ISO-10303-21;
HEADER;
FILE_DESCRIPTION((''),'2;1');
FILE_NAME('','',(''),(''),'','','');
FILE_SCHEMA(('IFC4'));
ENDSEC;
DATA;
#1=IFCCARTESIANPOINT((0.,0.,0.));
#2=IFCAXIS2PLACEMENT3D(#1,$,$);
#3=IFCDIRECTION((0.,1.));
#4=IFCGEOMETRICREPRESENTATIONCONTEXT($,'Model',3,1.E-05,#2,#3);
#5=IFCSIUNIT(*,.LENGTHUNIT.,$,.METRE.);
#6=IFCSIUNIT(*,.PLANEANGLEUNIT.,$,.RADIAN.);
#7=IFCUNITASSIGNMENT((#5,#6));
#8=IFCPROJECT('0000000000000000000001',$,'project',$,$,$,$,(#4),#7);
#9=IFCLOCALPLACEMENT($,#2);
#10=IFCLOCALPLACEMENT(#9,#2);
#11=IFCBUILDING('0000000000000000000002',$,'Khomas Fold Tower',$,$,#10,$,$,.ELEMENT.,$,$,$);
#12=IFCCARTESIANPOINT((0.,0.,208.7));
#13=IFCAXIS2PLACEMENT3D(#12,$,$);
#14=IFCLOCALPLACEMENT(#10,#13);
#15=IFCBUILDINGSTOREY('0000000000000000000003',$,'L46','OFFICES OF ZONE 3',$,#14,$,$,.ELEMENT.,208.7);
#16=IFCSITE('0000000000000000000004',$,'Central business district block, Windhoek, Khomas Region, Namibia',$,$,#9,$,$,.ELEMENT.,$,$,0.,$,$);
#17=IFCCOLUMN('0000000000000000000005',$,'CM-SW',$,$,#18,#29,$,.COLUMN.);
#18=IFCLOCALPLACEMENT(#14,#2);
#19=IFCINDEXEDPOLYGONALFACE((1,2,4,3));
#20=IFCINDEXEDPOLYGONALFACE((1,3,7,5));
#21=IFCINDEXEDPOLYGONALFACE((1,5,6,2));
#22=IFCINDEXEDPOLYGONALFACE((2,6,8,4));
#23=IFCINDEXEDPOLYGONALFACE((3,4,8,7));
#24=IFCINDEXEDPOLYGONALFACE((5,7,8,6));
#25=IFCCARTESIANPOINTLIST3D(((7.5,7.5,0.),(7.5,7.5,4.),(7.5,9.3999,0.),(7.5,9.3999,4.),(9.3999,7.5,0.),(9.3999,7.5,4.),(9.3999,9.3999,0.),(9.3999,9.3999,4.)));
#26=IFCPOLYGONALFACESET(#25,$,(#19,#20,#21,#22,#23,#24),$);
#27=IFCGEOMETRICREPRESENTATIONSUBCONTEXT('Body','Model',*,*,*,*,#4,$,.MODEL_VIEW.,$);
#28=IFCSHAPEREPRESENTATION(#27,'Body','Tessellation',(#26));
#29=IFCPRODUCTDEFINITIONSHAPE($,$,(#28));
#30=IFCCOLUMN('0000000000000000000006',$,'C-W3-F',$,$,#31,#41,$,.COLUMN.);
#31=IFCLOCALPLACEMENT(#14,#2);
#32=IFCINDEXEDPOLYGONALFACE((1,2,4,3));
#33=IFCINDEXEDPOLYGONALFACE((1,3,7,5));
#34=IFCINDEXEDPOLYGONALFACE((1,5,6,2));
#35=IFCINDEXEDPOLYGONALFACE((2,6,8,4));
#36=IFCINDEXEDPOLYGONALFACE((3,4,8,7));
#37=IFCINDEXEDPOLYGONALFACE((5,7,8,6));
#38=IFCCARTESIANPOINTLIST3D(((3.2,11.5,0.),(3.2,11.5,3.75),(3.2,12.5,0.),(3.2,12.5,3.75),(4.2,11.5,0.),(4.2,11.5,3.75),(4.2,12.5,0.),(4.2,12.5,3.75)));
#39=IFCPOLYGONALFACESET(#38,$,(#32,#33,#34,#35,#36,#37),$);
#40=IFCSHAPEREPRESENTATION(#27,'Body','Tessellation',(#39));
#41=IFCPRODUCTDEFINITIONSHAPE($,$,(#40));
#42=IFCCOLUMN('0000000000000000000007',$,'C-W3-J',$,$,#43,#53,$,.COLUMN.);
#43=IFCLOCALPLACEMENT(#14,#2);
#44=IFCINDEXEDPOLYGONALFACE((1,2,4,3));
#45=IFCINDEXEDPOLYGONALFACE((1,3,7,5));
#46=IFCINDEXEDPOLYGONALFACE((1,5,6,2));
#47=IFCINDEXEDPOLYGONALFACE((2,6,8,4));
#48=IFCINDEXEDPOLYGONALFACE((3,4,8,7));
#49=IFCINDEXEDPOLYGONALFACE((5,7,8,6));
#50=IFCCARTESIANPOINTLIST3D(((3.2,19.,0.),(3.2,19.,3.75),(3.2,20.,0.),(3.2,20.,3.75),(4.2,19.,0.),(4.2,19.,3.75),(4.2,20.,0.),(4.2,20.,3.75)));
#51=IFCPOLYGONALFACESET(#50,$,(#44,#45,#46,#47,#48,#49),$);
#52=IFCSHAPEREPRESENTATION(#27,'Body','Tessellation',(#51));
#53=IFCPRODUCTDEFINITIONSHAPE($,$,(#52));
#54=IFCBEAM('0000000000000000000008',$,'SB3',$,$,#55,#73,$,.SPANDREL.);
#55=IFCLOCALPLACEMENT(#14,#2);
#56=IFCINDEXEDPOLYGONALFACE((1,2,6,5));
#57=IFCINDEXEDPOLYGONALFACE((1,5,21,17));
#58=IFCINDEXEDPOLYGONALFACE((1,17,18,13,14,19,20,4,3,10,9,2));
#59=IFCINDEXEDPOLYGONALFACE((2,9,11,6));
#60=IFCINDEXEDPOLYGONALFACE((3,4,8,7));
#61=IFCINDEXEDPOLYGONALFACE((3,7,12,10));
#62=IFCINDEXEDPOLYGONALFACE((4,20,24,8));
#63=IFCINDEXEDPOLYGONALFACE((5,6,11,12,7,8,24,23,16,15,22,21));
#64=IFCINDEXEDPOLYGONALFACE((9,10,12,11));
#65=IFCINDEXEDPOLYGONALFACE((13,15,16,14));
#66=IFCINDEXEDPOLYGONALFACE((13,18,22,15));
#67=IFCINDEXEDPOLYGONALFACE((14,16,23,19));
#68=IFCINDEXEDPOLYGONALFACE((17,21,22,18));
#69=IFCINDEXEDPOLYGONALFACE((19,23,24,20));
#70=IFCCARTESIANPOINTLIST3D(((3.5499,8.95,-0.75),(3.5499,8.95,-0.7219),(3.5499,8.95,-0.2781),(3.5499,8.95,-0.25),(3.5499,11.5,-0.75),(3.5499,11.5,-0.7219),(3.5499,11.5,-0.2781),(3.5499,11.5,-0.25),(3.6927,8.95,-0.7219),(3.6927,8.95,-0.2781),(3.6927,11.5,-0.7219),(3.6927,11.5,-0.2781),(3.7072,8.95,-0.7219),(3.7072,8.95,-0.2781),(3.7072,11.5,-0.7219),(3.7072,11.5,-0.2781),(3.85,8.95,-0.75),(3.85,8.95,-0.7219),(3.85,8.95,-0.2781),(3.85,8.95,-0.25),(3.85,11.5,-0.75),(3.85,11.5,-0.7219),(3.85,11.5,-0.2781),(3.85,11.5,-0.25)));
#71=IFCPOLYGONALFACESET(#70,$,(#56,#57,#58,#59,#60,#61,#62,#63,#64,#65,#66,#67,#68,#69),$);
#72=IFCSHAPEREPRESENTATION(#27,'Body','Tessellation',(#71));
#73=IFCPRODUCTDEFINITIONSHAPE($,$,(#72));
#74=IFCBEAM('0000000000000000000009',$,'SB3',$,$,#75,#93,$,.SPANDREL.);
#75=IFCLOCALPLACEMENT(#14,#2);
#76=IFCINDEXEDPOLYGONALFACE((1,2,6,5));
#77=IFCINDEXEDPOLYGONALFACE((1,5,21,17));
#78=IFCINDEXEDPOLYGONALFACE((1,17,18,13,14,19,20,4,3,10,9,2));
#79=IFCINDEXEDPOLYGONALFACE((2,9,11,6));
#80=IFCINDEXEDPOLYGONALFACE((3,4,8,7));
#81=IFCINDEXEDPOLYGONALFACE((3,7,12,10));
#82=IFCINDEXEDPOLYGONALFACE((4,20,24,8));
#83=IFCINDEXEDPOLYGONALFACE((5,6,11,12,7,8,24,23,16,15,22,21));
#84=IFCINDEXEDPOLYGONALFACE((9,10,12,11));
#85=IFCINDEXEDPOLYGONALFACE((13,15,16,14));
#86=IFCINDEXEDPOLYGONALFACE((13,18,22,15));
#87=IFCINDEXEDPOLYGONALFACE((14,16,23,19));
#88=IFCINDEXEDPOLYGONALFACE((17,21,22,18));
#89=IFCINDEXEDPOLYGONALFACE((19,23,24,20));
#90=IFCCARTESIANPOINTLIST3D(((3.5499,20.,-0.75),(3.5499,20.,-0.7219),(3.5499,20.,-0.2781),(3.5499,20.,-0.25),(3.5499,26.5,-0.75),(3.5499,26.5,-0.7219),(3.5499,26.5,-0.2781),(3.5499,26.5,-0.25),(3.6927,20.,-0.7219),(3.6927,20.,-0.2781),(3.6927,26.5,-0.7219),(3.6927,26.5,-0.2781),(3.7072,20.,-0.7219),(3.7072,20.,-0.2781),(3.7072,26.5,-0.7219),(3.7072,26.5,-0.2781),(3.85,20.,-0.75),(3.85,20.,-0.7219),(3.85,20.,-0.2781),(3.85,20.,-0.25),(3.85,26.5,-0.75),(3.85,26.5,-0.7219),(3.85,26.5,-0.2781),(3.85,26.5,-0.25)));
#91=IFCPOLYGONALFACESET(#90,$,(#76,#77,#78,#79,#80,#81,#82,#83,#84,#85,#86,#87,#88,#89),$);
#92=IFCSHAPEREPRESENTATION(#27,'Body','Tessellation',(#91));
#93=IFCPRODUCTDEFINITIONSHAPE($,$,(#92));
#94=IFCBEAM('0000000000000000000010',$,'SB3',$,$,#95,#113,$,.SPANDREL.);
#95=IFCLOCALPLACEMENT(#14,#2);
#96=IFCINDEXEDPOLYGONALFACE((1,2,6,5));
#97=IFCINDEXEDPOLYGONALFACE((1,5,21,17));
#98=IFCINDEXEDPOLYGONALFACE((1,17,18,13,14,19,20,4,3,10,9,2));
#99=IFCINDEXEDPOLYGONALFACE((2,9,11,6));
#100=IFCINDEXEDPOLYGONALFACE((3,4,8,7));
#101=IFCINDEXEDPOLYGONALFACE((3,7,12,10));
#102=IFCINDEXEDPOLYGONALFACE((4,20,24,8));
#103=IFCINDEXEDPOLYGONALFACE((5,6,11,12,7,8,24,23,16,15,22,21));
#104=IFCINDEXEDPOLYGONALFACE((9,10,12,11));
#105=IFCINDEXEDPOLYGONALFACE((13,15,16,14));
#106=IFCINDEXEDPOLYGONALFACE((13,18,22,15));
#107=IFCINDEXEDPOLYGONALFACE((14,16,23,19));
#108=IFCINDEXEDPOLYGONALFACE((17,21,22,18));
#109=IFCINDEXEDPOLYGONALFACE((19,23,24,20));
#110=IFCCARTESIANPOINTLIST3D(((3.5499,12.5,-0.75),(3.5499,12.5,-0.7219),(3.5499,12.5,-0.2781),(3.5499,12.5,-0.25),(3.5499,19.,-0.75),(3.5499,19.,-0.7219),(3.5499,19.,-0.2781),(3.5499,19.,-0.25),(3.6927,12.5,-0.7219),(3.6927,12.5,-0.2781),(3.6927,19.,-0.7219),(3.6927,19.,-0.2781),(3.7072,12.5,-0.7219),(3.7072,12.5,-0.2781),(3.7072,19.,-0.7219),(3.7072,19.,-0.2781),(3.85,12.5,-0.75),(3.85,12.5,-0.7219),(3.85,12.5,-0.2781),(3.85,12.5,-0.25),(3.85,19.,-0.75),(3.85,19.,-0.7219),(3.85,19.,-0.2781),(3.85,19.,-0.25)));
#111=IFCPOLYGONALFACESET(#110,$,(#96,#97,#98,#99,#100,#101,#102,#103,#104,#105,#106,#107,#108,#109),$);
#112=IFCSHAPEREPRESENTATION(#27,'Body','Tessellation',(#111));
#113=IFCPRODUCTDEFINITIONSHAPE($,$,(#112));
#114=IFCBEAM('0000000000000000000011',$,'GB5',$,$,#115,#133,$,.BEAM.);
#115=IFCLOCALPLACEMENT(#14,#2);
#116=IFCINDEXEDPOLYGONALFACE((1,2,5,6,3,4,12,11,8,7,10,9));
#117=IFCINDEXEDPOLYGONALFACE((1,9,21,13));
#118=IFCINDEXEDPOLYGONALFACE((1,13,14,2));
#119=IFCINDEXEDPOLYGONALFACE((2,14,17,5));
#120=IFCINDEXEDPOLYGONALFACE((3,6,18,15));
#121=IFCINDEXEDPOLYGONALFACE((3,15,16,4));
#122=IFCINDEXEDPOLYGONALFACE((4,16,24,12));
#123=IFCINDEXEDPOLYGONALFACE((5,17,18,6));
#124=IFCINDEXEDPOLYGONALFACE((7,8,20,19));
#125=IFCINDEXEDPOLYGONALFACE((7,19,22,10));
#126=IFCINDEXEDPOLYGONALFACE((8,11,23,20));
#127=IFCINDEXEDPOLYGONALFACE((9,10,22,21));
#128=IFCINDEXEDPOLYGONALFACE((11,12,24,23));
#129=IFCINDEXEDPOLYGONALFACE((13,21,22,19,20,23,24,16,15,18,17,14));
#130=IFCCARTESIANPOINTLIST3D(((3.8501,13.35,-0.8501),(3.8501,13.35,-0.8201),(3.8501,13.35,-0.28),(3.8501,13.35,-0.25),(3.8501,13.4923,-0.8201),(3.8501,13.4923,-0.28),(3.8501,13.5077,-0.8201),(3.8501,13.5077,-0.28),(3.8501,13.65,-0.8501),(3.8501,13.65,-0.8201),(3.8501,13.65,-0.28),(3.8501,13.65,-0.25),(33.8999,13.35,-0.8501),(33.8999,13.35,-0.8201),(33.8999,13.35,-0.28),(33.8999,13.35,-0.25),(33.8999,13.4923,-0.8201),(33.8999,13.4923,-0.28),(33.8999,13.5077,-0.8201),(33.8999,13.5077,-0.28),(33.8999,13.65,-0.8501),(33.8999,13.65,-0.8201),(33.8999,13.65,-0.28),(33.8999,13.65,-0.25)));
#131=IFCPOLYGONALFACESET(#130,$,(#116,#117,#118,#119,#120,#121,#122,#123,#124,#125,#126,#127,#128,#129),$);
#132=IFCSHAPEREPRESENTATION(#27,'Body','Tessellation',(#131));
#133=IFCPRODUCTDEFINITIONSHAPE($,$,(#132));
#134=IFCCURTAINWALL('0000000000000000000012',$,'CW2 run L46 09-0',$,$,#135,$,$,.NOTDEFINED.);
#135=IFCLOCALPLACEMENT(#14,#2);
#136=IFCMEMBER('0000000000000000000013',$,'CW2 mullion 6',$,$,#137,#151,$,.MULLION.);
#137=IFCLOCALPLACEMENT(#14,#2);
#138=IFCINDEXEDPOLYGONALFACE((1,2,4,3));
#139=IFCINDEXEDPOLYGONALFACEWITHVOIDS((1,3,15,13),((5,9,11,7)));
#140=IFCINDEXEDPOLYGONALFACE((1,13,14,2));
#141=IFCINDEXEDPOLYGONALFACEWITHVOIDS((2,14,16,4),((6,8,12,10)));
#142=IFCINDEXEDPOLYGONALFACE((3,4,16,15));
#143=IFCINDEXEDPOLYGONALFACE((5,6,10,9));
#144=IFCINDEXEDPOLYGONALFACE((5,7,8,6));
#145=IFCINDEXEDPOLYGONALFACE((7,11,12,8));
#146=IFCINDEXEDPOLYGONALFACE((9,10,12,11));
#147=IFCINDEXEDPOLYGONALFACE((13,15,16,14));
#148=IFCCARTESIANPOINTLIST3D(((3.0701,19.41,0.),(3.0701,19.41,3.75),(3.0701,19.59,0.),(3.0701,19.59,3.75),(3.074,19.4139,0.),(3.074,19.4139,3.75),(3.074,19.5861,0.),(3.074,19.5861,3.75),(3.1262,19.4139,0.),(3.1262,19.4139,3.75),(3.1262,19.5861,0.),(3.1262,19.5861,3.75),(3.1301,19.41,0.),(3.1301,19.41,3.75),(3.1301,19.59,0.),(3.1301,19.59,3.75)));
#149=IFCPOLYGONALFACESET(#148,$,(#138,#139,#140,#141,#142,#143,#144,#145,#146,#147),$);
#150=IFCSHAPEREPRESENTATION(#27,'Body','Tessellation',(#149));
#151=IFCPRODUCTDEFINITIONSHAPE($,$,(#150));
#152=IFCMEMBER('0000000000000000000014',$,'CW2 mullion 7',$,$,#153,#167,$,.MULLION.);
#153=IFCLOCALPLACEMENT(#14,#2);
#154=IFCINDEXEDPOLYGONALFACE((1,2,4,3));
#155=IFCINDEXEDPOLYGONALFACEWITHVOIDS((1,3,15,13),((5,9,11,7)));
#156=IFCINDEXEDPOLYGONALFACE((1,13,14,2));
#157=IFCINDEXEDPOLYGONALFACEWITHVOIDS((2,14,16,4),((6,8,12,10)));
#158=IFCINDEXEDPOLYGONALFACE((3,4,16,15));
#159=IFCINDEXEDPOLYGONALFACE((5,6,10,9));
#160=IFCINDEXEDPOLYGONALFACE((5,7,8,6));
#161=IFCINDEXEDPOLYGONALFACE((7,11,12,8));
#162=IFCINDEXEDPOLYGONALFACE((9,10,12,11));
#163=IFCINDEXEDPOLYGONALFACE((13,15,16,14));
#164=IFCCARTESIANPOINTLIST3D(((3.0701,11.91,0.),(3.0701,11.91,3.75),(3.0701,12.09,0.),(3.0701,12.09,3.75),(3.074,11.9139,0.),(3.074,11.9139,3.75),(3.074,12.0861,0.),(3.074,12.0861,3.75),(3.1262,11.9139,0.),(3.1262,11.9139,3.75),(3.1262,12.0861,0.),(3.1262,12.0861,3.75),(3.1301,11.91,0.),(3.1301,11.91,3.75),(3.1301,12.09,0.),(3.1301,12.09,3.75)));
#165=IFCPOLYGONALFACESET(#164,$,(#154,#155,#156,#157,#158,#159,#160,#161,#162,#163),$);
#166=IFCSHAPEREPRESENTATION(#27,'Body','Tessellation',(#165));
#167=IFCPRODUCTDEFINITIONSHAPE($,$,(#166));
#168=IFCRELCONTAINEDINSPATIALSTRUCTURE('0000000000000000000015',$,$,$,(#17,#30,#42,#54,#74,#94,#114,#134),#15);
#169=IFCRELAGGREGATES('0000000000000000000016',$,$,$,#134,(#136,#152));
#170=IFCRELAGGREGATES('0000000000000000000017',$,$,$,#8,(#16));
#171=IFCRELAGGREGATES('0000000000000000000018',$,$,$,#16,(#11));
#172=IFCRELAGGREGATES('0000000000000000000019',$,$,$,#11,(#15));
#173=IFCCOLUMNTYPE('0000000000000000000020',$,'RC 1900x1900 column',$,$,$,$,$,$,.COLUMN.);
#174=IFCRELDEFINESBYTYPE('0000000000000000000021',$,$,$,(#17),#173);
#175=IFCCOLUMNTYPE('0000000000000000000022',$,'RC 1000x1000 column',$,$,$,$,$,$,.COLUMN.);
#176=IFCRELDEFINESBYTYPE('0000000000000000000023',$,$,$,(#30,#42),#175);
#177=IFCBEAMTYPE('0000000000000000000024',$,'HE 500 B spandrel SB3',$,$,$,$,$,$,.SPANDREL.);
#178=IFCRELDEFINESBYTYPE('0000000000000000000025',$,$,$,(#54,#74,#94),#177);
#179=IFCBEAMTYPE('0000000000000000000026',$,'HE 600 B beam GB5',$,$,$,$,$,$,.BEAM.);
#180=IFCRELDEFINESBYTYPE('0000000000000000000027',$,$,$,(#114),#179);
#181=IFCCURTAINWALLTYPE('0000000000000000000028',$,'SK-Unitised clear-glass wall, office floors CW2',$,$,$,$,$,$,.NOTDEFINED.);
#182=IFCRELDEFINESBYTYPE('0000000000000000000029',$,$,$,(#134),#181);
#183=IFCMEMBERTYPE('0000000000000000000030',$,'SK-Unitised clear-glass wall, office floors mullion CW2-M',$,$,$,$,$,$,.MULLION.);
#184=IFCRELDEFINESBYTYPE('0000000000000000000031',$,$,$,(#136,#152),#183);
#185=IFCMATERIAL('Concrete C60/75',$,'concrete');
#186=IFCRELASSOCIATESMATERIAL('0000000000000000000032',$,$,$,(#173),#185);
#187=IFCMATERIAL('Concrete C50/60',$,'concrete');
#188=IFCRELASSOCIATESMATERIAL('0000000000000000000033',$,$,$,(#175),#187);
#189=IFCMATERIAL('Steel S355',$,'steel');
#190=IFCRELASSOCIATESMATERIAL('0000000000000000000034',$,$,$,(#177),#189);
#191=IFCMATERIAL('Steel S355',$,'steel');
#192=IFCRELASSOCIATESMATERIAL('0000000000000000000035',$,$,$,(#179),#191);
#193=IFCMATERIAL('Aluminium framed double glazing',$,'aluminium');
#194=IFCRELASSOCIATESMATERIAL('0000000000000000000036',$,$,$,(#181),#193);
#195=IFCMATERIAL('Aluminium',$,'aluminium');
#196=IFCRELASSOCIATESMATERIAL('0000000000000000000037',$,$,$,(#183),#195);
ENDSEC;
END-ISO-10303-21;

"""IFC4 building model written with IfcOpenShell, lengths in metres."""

from ifc_helpers import new_model, si_unit, direction, frame, origin, origin_2d, place, context, subcontext, project, spatial, rectangle, hollow_rectangle, i_section, extrude, source, transform, mapped, material, material_profile, profile_set, type_object, element, aggregate, save


model = new_model("IFC4")

# Units and contexts
model_context = context("Model", 3, precision=1e-05, world=origin(), true_north=direction((0.0, 1.0)))
body_context = subcontext(model_context, "Body", "Model", "MODEL_VIEW")
ifc_project = project(units=[si_unit("LENGTHUNIT", "METRE"), si_unit("PLANEANGLEUNIT", "RADIAN")], contexts=[model_context])

# Site, building, storey
site_placement = place(None, origin())
site = spatial("IfcSite", under=ifc_project, at=site_placement, Name="Central business district block, Windhoek, Khomas Region, Namibia", CompositionType="ELEMENT", RefElevation=0.0)
building_placement = place(site_placement, origin())
building = spatial("IfcBuilding", under=site, at=building_placement, Name="Khomas Fold Tower", CompositionType="ELEMENT")
storey_placement = place(building_placement, frame((0.0, 0.0, 208.7)))
storey = spatial("IfcBuildingStorey", under=building, at=storey_placement, Name="L46", Description="OFFICES OF ZONE 3", CompositionType="ELEMENT", Elevation=208.7)

# Columns
ifc_material_1 = material(Name="Concrete C60/75", Category="concrete")
ifc_material_profile_1 = material_profile(ifc_material_1, rectangle(XDim=1.8999, YDim=1.8999, at=origin_2d()), Name="RC 1900x1900")
ifc_profile_set_1 = profile_set([ifc_material_profile_1], Name="Concrete C60/75")
column_type_1 = type_object("IfcColumnType", Name="RC 1900x1900 column", PredefinedType="COLUMN", material=ifc_profile_set_1)
shared_shape_1 = source(origin(), body_context, "Body", "SweptSolid", [
    extrude(rectangle(XDim=1.8999, YDim=1.8999, at=origin_2d()), origin(), (0.0, 0.0, 1.0), 4.0),
])
column_placement = place(storey_placement, frame((8.45, 8.45, 0.0), z_axis=(0.0, 0.0, 1.0), x_axis=(1.0, 0.0, 0.0)))
element("IfcColumn", 1, at=column_placement, inside=storey, type_object=column_type_1, Name="CM-SW", PredefinedType="COLUMN", context=body_context, shape_type="MappedRepresentation", body=[
    mapped(shared_shape_1, transform((0.0, 0.0, 0.0))),
])
ifc_material_2 = material(Name="Concrete C50/60", Category="concrete")
ifc_material_profile_2 = material_profile(ifc_material_2, rectangle(XDim=1.0, YDim=1.0, at=origin_2d()), Name="RC 1000x1000")
ifc_profile_set_2 = profile_set([ifc_material_profile_2], Name="Concrete C50/60")
column_type_2 = type_object("IfcColumnType", Name="RC 1000x1000 column", PredefinedType="COLUMN", material=ifc_profile_set_2)
shared_shape_2 = source(origin(), body_context, "Body", "SweptSolid", [
    extrude(rectangle(XDim=1.0, YDim=1.0, at=origin_2d()), origin(), (0.0, 0.0, 1.0), 3.75),
])
for number, where, z_axis, x_axis, name in (
    (2, (3.7, 12.0, 0.0), (0.0, 0.0, 1.0), (1.0, 0.0, 0.0), "C-W3-F"),
    (3, (3.7, 19.5, 0.0), (0.0, 0.0, 1.0), (1.0, 0.0, 0.0), "C-W3-J"),
):
    element("IfcColumn", number, at=place(storey_placement, frame(where, z_axis=z_axis, x_axis=x_axis)), inside=storey, type_object=column_type_2, Name=name, PredefinedType="COLUMN", context=body_context, shape_type="MappedRepresentation", body=[
        mapped(shared_shape_2, transform((0.0, 0.0, 0.0))),
    ])

# Beams
ifc_material_3 = material(Name="Steel S355", Category="steel")
ifc_material_profile_3 = material_profile(ifc_material_3, i_section(OverallWidth=0.3, OverallDepth=0.5, WebThickness=0.0144, FlangeThickness=0.0281, at=origin_2d()), Name="HE 500 B")
ifc_profile_set_3 = profile_set([ifc_material_profile_3], Name="Steel S355")
beam_type_1 = type_object("IfcBeamType", Name="HE 500 B spandrel SB3", PredefinedType="SPANDREL", material=ifc_profile_set_3)
shared_shape_3 = source(origin(), body_context, "Body", "SweptSolid", [
    extrude(i_section(OverallWidth=0.3, OverallDepth=0.5, WebThickness=0.0144, FlangeThickness=0.0281, at=origin_2d()), origin(), (0.0, 0.0, 1.0), 2.55),
])
beam_1_placement = place(storey_placement, frame((3.7, 8.95, -0.5), z_axis=(0.0, 1.0, 0.0), x_axis=(-1.0, 0.0, 0.0)))
element("IfcBeam", 4, at=beam_1_placement, inside=storey, type_object=beam_type_1, Name="SB3", PredefinedType="SPANDREL", context=body_context, shape_type="MappedRepresentation", body=[
    mapped(shared_shape_3, transform((0.0, 0.0, 0.0))),
])
shared_shape_4 = source(origin(), body_context, "Body", "SweptSolid", [
    extrude(i_section(OverallWidth=0.3, OverallDepth=0.5, WebThickness=0.0144, FlangeThickness=0.0281, at=origin_2d()), origin(), (0.0, 0.0, 1.0), 6.5),
])
for number, where, z_axis, x_axis, name in (
    (5, (3.7, 20.0, -0.5), (0.0, 1.0, 0.0), (-1.0, 0.0, 0.0), "SB3"),
    (6, (3.7, 12.5, -0.5), (0.0, 1.0, 0.0), (-1.0, 0.0, 0.0), "SB3"),
):
    element("IfcBeam", number, at=place(storey_placement, frame(where, z_axis=z_axis, x_axis=x_axis)), inside=storey, type_object=beam_type_1, Name=name, PredefinedType="SPANDREL", context=body_context, shape_type="MappedRepresentation", body=[
        mapped(shared_shape_4, transform((0.0, 0.0, 0.0))),
    ])
ifc_material_4 = material(Name="Steel S355", Category="steel")
ifc_material_profile_4 = material_profile(ifc_material_4, i_section(OverallWidth=0.3, OverallDepth=0.6001, WebThickness=0.0154, FlangeThickness=0.03, at=origin_2d()), Name="HE 600 B")
ifc_profile_set_4 = profile_set([ifc_material_profile_4], Name="Steel S355")
beam_type_2 = type_object("IfcBeamType", Name="HE 600 B beam GB5", PredefinedType="BEAM", material=ifc_profile_set_4)
shared_shape_5 = source(origin(), body_context, "Body", "SweptSolid", [
    extrude(i_section(OverallWidth=0.3, OverallDepth=0.6001, WebThickness=0.0154, FlangeThickness=0.03, at=origin_2d()), origin(), (0.0, 0.0, 1.0), 30.0498),
])
beam_2_placement = place(storey_placement, frame((3.8501, 13.5, -0.55), z_axis=(1.0, 0.0, 0.0), x_axis=(0.0, 1.0, 0.0)))
element("IfcBeam", 7, at=beam_2_placement, inside=storey, type_object=beam_type_2, Name="GB5", PredefinedType="BEAM", context=body_context, shape_type="MappedRepresentation", body=[
    mapped(shared_shape_5, transform((0.0, 0.0, 0.0))),
])

# Curtain wall, members
ifc_material_5 = material(Name="Aluminium framed double glazing", Category="aluminium")
curtain_wall_type = type_object("IfcCurtainWallType", Name="SK-Unitised clear-glass wall, office floors CW2", PredefinedType="NOTDEFINED", material=ifc_material_5)
curtain_wall_placement = place(storey_placement, origin())
curtain_wall = element("IfcCurtainWall", 8, at=curtain_wall_placement, inside=storey, type_object=curtain_wall_type, Name="CW2 run L46 09-0", PredefinedType="NOTDEFINED")
ifc_material_6 = material(Name="Aluminium", Category="aluminium")
ifc_material_profile_5 = material_profile(ifc_material_6, hollow_rectangle(XDim=0.0601, YDim=0.1799, WallThickness=0.0039, at=origin_2d()), Name="SK-Unitised clear-glass wall, office floors mullion CW2-M")
ifc_profile_set_5 = profile_set([ifc_material_profile_5], Name="Aluminium")
member_type_1 = type_object("IfcMemberType", Name="SK-Unitised clear-glass wall, office floors mullion CW2-M", PredefinedType="MULLION", material=ifc_profile_set_5)
shared_shape_6 = source(origin(), body_context, "Body", "SweptSolid", [
    extrude(hollow_rectangle(XDim=0.0601, YDim=0.1799, WallThickness=0.0039, at=origin_2d()), origin(), (0.0, 0.0, 1.0), 3.75),
])
member_1_placement = place(storey_placement, frame((3.1001, 19.5, 0.0), z_axis=(0.0, 0.0, 1.0), x_axis=(1.0, 0.0, 0.0)))
member_1 = element("IfcMember", 9, at=member_1_placement, type_object=member_type_1, Name="CW2 mullion 6", PredefinedType="MULLION", context=body_context, shape_type="MappedRepresentation", body=[
    mapped(shared_shape_6, transform((0.0, 0.0, 0.0))),
])
member_2_placement = place(storey_placement, frame((3.1001, 12.0, 0.0), z_axis=(0.0, 0.0, 1.0), x_axis=(1.0, 0.0, 0.0)))
member_2 = element("IfcMember", 10, at=member_2_placement, type_object=member_type_1, Name="CW2 mullion 7", PredefinedType="MULLION", context=body_context, shape_type="MappedRepresentation", body=[
    mapped(shared_shape_6, transform((0.0, 0.0, 0.0))),
])
aggregate(curtain_wall, [member_1, member_2])

save(model, "model.ifc")
